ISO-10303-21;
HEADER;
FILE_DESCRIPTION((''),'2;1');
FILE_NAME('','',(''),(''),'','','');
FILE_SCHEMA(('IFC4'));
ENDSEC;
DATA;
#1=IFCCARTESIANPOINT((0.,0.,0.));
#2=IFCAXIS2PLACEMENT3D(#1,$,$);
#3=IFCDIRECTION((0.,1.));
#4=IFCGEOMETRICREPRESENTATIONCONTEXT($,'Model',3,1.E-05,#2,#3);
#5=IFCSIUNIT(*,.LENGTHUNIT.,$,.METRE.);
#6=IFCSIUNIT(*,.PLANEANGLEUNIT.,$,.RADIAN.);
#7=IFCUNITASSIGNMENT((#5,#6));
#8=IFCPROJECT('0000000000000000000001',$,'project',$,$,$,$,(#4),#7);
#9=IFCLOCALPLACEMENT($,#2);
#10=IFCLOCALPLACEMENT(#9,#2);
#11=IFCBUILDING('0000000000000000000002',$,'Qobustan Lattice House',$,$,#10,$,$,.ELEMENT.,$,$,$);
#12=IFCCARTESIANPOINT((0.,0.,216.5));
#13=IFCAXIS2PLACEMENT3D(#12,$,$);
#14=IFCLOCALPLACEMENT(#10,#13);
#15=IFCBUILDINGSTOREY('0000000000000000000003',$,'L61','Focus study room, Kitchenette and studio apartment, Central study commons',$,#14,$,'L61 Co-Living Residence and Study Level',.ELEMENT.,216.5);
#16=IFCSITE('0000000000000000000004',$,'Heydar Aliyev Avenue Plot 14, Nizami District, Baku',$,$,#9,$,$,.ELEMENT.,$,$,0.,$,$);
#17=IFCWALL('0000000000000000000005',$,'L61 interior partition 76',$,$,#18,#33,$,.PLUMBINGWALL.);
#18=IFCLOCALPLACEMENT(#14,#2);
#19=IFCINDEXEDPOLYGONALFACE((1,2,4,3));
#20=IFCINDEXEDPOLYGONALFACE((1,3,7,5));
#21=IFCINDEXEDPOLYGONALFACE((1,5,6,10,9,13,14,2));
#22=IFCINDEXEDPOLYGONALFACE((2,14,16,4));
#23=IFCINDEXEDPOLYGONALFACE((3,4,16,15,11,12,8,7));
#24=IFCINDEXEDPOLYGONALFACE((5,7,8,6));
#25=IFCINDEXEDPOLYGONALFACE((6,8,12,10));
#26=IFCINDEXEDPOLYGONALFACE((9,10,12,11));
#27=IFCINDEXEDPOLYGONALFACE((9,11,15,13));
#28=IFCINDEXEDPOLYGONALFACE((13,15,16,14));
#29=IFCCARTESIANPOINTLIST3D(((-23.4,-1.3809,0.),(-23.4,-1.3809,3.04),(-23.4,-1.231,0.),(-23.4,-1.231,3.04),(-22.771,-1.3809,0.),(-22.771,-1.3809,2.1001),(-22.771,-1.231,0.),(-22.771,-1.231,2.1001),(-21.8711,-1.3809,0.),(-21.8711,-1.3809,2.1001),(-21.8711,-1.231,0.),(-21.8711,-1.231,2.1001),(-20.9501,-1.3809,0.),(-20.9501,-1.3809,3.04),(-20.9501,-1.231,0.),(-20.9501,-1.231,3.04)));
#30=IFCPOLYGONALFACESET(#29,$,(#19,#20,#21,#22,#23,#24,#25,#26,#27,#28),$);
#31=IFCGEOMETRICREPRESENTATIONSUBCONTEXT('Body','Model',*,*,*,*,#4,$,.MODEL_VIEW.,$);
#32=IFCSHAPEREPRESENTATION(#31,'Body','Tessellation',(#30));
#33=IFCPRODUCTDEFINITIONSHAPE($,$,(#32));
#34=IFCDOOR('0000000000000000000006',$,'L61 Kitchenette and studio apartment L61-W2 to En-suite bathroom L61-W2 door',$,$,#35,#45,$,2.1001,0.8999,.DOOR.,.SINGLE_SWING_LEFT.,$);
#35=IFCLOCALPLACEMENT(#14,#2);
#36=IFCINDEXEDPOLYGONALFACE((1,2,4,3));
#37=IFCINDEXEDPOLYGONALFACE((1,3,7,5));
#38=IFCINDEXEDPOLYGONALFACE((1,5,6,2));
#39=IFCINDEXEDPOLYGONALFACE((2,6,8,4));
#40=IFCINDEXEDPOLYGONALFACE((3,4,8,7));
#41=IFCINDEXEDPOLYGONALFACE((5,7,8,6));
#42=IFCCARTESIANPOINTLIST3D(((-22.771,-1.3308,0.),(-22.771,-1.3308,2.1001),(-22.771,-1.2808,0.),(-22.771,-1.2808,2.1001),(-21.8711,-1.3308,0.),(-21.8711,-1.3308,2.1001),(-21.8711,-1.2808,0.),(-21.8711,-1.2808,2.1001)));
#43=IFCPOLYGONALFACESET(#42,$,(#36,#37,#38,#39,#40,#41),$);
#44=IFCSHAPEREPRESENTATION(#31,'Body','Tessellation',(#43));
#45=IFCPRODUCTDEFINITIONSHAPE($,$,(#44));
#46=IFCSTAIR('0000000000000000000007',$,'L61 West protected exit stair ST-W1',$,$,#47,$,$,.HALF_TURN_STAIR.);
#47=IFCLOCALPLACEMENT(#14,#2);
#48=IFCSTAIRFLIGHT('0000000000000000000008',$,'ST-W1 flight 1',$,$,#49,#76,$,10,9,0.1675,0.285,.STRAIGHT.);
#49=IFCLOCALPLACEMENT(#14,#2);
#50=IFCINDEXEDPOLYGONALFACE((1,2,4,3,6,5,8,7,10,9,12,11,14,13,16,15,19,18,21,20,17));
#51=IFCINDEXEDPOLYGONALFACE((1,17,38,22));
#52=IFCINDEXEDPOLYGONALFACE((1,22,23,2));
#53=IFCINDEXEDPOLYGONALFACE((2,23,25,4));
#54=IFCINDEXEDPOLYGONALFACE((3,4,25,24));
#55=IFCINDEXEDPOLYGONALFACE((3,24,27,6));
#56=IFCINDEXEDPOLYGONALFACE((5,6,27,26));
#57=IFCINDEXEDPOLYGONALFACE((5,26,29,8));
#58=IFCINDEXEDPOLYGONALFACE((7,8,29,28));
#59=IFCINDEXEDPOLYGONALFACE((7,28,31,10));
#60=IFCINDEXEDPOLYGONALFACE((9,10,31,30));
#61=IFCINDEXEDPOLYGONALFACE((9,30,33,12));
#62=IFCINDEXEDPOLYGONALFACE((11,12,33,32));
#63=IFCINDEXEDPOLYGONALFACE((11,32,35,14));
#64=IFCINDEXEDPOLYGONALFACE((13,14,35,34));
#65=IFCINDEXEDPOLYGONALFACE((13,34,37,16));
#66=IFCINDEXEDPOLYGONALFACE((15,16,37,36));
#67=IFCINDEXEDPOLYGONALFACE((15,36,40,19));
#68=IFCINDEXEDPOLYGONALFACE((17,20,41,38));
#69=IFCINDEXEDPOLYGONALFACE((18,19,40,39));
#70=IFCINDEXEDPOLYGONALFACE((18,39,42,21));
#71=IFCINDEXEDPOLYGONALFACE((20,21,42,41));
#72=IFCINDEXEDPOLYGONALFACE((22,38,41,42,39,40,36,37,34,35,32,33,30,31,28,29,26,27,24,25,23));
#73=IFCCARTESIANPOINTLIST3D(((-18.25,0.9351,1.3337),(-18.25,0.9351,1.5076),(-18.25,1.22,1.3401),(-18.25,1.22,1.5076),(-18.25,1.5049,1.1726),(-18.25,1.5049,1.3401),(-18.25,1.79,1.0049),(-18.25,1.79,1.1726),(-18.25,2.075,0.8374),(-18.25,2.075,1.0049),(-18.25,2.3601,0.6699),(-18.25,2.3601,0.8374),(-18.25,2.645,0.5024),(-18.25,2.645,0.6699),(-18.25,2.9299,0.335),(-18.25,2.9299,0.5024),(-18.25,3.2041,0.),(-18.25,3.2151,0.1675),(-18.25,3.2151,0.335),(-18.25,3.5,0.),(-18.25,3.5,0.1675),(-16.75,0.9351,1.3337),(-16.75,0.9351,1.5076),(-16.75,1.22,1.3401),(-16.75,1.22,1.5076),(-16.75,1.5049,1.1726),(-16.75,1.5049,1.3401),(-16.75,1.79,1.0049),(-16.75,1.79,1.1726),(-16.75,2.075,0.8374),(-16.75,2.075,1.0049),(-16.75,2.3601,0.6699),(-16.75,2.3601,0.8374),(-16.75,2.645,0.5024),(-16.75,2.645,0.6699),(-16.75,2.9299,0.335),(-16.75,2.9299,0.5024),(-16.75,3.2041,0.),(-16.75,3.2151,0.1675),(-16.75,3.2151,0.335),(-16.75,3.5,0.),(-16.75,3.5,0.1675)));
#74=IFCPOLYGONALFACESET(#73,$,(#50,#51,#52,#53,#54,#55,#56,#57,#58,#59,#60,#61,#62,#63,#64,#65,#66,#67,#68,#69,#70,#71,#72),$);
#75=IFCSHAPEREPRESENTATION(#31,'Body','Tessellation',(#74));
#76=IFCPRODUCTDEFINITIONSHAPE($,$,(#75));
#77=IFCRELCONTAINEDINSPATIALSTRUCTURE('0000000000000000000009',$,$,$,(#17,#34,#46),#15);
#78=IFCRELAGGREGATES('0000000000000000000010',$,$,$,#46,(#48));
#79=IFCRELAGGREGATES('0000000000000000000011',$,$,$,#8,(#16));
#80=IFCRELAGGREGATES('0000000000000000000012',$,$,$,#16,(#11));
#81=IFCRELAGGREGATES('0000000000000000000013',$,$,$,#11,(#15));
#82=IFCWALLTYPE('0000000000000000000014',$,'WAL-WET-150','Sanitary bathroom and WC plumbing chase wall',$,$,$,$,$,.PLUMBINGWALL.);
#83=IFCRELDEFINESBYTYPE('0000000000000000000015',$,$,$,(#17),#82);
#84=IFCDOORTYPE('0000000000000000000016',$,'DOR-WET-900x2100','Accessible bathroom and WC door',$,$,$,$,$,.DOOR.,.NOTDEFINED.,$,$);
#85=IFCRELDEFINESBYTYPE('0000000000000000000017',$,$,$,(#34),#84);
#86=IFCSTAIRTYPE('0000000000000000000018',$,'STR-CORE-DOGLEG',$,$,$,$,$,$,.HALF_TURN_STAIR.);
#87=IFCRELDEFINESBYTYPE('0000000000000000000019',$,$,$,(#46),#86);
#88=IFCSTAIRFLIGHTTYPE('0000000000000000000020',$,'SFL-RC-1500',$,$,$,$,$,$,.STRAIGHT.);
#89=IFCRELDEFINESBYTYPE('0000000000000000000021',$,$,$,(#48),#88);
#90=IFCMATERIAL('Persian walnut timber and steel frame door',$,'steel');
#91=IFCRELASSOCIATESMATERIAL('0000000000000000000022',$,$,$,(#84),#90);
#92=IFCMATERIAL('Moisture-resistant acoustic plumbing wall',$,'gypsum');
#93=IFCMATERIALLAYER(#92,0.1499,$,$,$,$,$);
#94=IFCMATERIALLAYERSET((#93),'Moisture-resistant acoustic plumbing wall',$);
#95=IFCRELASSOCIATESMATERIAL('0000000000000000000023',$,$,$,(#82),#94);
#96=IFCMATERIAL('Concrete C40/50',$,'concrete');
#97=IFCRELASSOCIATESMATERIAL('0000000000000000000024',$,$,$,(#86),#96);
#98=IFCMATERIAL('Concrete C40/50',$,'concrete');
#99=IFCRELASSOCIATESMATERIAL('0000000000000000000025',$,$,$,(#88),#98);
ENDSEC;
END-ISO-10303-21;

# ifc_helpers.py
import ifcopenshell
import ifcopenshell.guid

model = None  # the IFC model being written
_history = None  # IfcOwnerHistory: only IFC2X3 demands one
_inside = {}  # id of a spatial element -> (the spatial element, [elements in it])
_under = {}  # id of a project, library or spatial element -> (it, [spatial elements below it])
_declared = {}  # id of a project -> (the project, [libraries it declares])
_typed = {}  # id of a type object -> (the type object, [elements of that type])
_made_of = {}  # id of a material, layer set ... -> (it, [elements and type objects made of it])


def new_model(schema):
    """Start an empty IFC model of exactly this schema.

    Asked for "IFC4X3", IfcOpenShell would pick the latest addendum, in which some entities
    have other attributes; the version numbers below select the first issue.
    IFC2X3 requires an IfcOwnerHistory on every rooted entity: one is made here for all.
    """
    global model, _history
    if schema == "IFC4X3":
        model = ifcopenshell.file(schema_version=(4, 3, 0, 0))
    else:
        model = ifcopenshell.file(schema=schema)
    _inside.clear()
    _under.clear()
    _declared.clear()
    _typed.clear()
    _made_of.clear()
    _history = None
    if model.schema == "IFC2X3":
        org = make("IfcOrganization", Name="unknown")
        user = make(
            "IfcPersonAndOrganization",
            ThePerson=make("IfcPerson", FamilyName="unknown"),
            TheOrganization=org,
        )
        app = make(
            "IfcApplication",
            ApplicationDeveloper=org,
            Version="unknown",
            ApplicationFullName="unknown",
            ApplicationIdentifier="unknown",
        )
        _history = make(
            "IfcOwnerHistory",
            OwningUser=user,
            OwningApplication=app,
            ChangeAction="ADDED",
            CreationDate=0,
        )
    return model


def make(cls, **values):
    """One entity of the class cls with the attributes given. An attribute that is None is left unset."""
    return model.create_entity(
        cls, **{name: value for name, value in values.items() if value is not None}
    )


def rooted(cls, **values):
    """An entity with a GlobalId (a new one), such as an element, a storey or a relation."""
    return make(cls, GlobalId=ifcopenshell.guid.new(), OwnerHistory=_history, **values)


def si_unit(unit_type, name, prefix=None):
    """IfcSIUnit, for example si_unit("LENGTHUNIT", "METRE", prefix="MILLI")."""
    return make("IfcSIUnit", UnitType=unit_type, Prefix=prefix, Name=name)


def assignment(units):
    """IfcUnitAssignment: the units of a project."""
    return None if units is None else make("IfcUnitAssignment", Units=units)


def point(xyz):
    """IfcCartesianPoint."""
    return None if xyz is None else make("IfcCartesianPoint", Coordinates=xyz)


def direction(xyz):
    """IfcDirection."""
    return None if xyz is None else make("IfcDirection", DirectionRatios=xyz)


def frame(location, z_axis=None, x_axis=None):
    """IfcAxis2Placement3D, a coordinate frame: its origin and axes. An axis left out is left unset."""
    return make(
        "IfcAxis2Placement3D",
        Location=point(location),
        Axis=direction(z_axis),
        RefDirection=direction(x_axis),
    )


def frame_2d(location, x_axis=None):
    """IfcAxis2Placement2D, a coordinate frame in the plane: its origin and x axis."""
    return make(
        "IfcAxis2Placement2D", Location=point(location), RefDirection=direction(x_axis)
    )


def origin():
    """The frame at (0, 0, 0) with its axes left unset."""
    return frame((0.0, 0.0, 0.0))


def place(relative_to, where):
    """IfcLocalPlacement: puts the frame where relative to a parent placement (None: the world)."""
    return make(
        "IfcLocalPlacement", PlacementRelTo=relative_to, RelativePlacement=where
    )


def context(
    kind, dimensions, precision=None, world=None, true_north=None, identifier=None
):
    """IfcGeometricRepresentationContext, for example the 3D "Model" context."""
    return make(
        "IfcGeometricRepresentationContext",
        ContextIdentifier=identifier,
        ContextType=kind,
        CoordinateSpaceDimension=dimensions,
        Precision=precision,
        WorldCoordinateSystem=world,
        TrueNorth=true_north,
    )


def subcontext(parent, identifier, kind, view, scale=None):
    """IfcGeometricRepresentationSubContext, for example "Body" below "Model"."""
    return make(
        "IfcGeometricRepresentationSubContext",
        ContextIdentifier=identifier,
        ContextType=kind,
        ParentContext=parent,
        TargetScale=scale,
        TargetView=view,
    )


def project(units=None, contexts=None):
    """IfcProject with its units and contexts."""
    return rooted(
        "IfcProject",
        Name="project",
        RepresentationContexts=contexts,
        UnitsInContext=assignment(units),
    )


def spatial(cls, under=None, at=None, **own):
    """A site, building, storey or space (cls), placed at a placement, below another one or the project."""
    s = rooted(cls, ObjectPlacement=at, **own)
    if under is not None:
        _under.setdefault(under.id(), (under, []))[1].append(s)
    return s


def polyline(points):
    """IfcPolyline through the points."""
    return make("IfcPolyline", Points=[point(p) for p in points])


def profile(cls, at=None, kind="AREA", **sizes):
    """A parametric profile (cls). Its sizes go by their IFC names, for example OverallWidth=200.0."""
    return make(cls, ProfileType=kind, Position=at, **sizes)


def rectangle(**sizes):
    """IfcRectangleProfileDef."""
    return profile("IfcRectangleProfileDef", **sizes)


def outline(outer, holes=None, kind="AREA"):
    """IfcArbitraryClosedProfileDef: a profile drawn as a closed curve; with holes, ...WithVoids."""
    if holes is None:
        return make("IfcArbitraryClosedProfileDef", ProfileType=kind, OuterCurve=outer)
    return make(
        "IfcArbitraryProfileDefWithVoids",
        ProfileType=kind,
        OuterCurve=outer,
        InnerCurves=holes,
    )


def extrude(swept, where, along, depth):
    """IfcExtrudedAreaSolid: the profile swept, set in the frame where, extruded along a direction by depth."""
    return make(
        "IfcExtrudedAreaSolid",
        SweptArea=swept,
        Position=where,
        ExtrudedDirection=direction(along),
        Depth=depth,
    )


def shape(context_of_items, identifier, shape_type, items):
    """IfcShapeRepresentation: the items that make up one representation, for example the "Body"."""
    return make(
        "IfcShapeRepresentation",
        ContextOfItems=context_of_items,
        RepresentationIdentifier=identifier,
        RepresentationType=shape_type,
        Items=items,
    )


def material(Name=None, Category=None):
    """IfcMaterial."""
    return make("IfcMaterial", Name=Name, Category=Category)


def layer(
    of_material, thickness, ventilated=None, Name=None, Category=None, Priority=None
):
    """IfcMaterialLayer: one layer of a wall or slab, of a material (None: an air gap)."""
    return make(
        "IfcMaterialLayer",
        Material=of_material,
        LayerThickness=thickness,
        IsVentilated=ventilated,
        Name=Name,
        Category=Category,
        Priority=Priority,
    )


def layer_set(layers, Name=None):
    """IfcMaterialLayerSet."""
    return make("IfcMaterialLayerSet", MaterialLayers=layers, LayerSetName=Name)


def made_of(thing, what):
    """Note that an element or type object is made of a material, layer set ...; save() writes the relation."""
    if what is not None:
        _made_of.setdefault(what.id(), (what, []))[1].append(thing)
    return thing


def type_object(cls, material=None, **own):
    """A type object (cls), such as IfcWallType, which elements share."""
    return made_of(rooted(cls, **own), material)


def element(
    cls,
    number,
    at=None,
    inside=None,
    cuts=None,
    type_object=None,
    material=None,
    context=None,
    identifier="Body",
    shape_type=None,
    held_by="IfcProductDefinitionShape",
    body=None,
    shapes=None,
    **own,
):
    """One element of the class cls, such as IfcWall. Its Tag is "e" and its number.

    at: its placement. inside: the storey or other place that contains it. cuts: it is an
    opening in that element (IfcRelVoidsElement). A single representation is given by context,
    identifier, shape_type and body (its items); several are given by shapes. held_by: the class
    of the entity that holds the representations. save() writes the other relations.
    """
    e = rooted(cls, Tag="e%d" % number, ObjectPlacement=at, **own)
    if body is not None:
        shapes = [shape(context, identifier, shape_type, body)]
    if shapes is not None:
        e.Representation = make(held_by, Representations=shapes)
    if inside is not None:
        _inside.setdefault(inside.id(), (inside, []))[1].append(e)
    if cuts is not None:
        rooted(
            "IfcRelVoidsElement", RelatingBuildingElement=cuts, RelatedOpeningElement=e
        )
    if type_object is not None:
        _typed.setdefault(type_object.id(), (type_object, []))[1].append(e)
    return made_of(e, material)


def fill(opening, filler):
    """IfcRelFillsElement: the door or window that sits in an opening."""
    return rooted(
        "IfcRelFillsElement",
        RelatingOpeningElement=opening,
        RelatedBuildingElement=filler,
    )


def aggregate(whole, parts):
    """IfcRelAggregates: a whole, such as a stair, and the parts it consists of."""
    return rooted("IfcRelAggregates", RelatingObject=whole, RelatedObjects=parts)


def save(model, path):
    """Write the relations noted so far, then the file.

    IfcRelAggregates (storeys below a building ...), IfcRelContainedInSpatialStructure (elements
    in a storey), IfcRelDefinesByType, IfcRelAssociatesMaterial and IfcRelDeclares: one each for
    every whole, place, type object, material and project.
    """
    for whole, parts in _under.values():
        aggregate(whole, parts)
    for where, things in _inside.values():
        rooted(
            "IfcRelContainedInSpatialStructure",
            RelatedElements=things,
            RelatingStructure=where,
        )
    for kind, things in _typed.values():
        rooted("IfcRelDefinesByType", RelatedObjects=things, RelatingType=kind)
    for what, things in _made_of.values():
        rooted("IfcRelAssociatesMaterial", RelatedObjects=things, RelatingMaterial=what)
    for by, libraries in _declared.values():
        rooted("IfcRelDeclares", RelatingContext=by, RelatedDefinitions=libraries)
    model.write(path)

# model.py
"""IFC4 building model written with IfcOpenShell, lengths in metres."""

from ifc_helpers import new_model, si_unit, direction, frame, frame_2d, origin, place, context, subcontext, project, spatial, polyline, rectangle, outline, extrude, material, layer, layer_set, type_object, element, fill, aggregate, save


model = new_model("IFC4")

# Units and contexts
model_context = context("Model", 3, precision=1e-05, world=origin(), true_north=direction((0.0, 1.0)))
body_context = subcontext(model_context, "Body", "Model", "MODEL_VIEW")
ifc_project = project(units=[si_unit("LENGTHUNIT", "METRE"), si_unit("PLANEANGLEUNIT", "RADIAN")], contexts=[model_context])

# Site, building, storey
site_placement = place(None, origin())
site = spatial("IfcSite", under=ifc_project, at=site_placement, Name="Heydar Aliyev Avenue Plot 14, Nizami District, Baku", CompositionType="ELEMENT", RefElevation=0.0)
building_placement = place(site_placement, origin())
building = spatial("IfcBuilding", under=site, at=building_placement, Name="Qobustan Lattice House", CompositionType="ELEMENT")
storey_placement = place(building_placement, frame((0.0, 0.0, 216.5)))
storey = spatial("IfcBuildingStorey", under=building, at=storey_placement, Name="L61", Description="Focus study room, Kitchenette and studio apartment, Central study commons", LongName="L61 Co-Living Residence and Study Level", CompositionType="ELEMENT", Elevation=216.5)

# Shared definitions
ifc_material_1 = material(Name="Persian walnut timber and steel frame door", Category="steel")
door_type_1 = type_object("IfcDoorType", Name="DOR-WET-900x2100", Description="Accessible bathroom and WC door", OperationType="NOTDEFINED", PredefinedType="DOOR", material=ifc_material_1)

# Wall, opening, door
ifc_material_2 = material(Name="Moisture-resistant acoustic plumbing wall", Category="gypsum")
ifc_layer_1 = layer(ifc_material_2, 0.1499)
ifc_layer_set_1 = layer_set([ifc_layer_1], Name="Moisture-resistant acoustic plumbing wall")
wall_type_1 = type_object("IfcWallType", Name="WAL-WET-150", Description="Sanitary bathroom and WC plumbing chase wall", PredefinedType="PLUMBINGWALL", material=ifc_layer_set_1)
wall_1_placement = place(storey_placement, frame((-20.95, -1.3059, 0.0), z_axis=(0.0, 0.0, 1.0), x_axis=(-1.0, 0.0, 0.0)))
wall_1 = element("IfcWall", 1, at=wall_1_placement, inside=storey, type_object=wall_type_1, Name="L61 interior partition 76", PredefinedType="PLUMBINGWALL", context=body_context, shape_type="SweptSolid", body=[
    extrude(rectangle(XDim=2.45, YDim=0.1499, at=frame_2d((1.2251, 0.0))), origin(), (0.0, 0.0, 1.0), 3.04),
])
opening_1_placement = place(wall_1_placement, frame((0.9211, 0.0, 0.0)))
opening_1 = element("IfcOpeningElement", 2, at=opening_1_placement, cuts=wall_1, PredefinedType="OPENING", context=body_context, shape_type="SweptSolid", body=[
    extrude(rectangle(XDim=0.8999, YDim=2.1001, at=frame_2d((0.45, 1.05))), frame((0.0, 0.085, 0.0), z_axis=(0.0, -1.0, 0.0), x_axis=(1.0, 0.0, 0.0)), (0.0, 0.0, 1.0), 0.1699),
])
door_1_placement = place(opening_1_placement, origin())
door_1 = element("IfcDoor", 3, at=door_1_placement, inside=storey, type_object=door_type_1, Name="L61 Kitchenette and studio apartment L61-W2 to En-suite bathroom L61-W2 door", OperationType="SINGLE_SWING_LEFT", OverallHeight=2.1001, OverallWidth=0.8999, PredefinedType="DOOR", context=body_context, shape_type="SweptSolid", body=[
    extrude(rectangle(XDim=0.8999, YDim=2.1001, at=frame_2d((0.45, 1.05))), frame((0.0, 0.0249, 0.0), z_axis=(0.0, -1.0, 0.0), x_axis=(1.0, 0.0, 0.0)), (0.0, 0.0, 1.0), 0.05),
])
fill(opening_1, door_1)

# Stair, stair flight
ifc_material_3 = material(Name="Concrete C40/50", Category="concrete")
stair_type = type_object("IfcStairType", Name="STR-CORE-DOGLEG", PredefinedType="HALF_TURN_STAIR", material=ifc_material_3)
stair_placement = place(storey_placement, origin())
stair = element("IfcStair", 4, at=stair_placement, inside=storey, type_object=stair_type, Name="L61 West protected exit stair ST-W1", PredefinedType="HALF_TURN_STAIR")
ifc_material_4 = material(Name="Concrete C40/50", Category="concrete")
stair_flight_type = type_object("IfcStairFlightType", Name="SFL-RC-1500", PredefinedType="STRAIGHT", material=ifc_material_4)
stair_flight_placement = place(storey_placement, frame((-17.5, 3.5, 0.0), z_axis=(0.0, 0.0, 1.0), x_axis=(0.0, -1.0, 0.0)))
stair_flight = element("IfcStairFlight", 5, at=stair_flight_placement, type_object=stair_flight_type, Name="ST-W1 flight 1", NumberOfRisers=10, NumberOfTreads=9, PredefinedType="STRAIGHT", RiserHeight=0.1675, TreadLength=0.285, context=body_context, shape_type="SweptSolid", body=[
    extrude(outline(polyline([(0.0, 0.0), (0.0, 0.1675), (0.2849, 0.1675), (0.2849, 0.335), (0.5701, 0.335), (0.5701, 0.5024), (0.855, 0.5024), (0.855, 0.6699), (1.1399, 0.6699), (1.1399, 0.8374), (1.425, 0.8374), (1.425, 1.0049), (1.71, 1.0049), (1.71, 1.1726), (1.9951, 1.1726), (1.9951, 1.3401), (2.28, 1.3401), (2.28, 1.5076), (2.5649, 1.5076), (2.5649, 1.675), (2.5649, 1.3337), (0.2959, 0.0), (0.0, 0.0)])), frame((0.0, 0.75, 0.0), z_axis=(0.0, -1.0, 0.0), x_axis=(1.0, 0.0, 0.0)), (0.0, 0.0, 1.0), 1.5),
])
aggregate(stair, [stair_flight])

save(model, "model.ifc")
